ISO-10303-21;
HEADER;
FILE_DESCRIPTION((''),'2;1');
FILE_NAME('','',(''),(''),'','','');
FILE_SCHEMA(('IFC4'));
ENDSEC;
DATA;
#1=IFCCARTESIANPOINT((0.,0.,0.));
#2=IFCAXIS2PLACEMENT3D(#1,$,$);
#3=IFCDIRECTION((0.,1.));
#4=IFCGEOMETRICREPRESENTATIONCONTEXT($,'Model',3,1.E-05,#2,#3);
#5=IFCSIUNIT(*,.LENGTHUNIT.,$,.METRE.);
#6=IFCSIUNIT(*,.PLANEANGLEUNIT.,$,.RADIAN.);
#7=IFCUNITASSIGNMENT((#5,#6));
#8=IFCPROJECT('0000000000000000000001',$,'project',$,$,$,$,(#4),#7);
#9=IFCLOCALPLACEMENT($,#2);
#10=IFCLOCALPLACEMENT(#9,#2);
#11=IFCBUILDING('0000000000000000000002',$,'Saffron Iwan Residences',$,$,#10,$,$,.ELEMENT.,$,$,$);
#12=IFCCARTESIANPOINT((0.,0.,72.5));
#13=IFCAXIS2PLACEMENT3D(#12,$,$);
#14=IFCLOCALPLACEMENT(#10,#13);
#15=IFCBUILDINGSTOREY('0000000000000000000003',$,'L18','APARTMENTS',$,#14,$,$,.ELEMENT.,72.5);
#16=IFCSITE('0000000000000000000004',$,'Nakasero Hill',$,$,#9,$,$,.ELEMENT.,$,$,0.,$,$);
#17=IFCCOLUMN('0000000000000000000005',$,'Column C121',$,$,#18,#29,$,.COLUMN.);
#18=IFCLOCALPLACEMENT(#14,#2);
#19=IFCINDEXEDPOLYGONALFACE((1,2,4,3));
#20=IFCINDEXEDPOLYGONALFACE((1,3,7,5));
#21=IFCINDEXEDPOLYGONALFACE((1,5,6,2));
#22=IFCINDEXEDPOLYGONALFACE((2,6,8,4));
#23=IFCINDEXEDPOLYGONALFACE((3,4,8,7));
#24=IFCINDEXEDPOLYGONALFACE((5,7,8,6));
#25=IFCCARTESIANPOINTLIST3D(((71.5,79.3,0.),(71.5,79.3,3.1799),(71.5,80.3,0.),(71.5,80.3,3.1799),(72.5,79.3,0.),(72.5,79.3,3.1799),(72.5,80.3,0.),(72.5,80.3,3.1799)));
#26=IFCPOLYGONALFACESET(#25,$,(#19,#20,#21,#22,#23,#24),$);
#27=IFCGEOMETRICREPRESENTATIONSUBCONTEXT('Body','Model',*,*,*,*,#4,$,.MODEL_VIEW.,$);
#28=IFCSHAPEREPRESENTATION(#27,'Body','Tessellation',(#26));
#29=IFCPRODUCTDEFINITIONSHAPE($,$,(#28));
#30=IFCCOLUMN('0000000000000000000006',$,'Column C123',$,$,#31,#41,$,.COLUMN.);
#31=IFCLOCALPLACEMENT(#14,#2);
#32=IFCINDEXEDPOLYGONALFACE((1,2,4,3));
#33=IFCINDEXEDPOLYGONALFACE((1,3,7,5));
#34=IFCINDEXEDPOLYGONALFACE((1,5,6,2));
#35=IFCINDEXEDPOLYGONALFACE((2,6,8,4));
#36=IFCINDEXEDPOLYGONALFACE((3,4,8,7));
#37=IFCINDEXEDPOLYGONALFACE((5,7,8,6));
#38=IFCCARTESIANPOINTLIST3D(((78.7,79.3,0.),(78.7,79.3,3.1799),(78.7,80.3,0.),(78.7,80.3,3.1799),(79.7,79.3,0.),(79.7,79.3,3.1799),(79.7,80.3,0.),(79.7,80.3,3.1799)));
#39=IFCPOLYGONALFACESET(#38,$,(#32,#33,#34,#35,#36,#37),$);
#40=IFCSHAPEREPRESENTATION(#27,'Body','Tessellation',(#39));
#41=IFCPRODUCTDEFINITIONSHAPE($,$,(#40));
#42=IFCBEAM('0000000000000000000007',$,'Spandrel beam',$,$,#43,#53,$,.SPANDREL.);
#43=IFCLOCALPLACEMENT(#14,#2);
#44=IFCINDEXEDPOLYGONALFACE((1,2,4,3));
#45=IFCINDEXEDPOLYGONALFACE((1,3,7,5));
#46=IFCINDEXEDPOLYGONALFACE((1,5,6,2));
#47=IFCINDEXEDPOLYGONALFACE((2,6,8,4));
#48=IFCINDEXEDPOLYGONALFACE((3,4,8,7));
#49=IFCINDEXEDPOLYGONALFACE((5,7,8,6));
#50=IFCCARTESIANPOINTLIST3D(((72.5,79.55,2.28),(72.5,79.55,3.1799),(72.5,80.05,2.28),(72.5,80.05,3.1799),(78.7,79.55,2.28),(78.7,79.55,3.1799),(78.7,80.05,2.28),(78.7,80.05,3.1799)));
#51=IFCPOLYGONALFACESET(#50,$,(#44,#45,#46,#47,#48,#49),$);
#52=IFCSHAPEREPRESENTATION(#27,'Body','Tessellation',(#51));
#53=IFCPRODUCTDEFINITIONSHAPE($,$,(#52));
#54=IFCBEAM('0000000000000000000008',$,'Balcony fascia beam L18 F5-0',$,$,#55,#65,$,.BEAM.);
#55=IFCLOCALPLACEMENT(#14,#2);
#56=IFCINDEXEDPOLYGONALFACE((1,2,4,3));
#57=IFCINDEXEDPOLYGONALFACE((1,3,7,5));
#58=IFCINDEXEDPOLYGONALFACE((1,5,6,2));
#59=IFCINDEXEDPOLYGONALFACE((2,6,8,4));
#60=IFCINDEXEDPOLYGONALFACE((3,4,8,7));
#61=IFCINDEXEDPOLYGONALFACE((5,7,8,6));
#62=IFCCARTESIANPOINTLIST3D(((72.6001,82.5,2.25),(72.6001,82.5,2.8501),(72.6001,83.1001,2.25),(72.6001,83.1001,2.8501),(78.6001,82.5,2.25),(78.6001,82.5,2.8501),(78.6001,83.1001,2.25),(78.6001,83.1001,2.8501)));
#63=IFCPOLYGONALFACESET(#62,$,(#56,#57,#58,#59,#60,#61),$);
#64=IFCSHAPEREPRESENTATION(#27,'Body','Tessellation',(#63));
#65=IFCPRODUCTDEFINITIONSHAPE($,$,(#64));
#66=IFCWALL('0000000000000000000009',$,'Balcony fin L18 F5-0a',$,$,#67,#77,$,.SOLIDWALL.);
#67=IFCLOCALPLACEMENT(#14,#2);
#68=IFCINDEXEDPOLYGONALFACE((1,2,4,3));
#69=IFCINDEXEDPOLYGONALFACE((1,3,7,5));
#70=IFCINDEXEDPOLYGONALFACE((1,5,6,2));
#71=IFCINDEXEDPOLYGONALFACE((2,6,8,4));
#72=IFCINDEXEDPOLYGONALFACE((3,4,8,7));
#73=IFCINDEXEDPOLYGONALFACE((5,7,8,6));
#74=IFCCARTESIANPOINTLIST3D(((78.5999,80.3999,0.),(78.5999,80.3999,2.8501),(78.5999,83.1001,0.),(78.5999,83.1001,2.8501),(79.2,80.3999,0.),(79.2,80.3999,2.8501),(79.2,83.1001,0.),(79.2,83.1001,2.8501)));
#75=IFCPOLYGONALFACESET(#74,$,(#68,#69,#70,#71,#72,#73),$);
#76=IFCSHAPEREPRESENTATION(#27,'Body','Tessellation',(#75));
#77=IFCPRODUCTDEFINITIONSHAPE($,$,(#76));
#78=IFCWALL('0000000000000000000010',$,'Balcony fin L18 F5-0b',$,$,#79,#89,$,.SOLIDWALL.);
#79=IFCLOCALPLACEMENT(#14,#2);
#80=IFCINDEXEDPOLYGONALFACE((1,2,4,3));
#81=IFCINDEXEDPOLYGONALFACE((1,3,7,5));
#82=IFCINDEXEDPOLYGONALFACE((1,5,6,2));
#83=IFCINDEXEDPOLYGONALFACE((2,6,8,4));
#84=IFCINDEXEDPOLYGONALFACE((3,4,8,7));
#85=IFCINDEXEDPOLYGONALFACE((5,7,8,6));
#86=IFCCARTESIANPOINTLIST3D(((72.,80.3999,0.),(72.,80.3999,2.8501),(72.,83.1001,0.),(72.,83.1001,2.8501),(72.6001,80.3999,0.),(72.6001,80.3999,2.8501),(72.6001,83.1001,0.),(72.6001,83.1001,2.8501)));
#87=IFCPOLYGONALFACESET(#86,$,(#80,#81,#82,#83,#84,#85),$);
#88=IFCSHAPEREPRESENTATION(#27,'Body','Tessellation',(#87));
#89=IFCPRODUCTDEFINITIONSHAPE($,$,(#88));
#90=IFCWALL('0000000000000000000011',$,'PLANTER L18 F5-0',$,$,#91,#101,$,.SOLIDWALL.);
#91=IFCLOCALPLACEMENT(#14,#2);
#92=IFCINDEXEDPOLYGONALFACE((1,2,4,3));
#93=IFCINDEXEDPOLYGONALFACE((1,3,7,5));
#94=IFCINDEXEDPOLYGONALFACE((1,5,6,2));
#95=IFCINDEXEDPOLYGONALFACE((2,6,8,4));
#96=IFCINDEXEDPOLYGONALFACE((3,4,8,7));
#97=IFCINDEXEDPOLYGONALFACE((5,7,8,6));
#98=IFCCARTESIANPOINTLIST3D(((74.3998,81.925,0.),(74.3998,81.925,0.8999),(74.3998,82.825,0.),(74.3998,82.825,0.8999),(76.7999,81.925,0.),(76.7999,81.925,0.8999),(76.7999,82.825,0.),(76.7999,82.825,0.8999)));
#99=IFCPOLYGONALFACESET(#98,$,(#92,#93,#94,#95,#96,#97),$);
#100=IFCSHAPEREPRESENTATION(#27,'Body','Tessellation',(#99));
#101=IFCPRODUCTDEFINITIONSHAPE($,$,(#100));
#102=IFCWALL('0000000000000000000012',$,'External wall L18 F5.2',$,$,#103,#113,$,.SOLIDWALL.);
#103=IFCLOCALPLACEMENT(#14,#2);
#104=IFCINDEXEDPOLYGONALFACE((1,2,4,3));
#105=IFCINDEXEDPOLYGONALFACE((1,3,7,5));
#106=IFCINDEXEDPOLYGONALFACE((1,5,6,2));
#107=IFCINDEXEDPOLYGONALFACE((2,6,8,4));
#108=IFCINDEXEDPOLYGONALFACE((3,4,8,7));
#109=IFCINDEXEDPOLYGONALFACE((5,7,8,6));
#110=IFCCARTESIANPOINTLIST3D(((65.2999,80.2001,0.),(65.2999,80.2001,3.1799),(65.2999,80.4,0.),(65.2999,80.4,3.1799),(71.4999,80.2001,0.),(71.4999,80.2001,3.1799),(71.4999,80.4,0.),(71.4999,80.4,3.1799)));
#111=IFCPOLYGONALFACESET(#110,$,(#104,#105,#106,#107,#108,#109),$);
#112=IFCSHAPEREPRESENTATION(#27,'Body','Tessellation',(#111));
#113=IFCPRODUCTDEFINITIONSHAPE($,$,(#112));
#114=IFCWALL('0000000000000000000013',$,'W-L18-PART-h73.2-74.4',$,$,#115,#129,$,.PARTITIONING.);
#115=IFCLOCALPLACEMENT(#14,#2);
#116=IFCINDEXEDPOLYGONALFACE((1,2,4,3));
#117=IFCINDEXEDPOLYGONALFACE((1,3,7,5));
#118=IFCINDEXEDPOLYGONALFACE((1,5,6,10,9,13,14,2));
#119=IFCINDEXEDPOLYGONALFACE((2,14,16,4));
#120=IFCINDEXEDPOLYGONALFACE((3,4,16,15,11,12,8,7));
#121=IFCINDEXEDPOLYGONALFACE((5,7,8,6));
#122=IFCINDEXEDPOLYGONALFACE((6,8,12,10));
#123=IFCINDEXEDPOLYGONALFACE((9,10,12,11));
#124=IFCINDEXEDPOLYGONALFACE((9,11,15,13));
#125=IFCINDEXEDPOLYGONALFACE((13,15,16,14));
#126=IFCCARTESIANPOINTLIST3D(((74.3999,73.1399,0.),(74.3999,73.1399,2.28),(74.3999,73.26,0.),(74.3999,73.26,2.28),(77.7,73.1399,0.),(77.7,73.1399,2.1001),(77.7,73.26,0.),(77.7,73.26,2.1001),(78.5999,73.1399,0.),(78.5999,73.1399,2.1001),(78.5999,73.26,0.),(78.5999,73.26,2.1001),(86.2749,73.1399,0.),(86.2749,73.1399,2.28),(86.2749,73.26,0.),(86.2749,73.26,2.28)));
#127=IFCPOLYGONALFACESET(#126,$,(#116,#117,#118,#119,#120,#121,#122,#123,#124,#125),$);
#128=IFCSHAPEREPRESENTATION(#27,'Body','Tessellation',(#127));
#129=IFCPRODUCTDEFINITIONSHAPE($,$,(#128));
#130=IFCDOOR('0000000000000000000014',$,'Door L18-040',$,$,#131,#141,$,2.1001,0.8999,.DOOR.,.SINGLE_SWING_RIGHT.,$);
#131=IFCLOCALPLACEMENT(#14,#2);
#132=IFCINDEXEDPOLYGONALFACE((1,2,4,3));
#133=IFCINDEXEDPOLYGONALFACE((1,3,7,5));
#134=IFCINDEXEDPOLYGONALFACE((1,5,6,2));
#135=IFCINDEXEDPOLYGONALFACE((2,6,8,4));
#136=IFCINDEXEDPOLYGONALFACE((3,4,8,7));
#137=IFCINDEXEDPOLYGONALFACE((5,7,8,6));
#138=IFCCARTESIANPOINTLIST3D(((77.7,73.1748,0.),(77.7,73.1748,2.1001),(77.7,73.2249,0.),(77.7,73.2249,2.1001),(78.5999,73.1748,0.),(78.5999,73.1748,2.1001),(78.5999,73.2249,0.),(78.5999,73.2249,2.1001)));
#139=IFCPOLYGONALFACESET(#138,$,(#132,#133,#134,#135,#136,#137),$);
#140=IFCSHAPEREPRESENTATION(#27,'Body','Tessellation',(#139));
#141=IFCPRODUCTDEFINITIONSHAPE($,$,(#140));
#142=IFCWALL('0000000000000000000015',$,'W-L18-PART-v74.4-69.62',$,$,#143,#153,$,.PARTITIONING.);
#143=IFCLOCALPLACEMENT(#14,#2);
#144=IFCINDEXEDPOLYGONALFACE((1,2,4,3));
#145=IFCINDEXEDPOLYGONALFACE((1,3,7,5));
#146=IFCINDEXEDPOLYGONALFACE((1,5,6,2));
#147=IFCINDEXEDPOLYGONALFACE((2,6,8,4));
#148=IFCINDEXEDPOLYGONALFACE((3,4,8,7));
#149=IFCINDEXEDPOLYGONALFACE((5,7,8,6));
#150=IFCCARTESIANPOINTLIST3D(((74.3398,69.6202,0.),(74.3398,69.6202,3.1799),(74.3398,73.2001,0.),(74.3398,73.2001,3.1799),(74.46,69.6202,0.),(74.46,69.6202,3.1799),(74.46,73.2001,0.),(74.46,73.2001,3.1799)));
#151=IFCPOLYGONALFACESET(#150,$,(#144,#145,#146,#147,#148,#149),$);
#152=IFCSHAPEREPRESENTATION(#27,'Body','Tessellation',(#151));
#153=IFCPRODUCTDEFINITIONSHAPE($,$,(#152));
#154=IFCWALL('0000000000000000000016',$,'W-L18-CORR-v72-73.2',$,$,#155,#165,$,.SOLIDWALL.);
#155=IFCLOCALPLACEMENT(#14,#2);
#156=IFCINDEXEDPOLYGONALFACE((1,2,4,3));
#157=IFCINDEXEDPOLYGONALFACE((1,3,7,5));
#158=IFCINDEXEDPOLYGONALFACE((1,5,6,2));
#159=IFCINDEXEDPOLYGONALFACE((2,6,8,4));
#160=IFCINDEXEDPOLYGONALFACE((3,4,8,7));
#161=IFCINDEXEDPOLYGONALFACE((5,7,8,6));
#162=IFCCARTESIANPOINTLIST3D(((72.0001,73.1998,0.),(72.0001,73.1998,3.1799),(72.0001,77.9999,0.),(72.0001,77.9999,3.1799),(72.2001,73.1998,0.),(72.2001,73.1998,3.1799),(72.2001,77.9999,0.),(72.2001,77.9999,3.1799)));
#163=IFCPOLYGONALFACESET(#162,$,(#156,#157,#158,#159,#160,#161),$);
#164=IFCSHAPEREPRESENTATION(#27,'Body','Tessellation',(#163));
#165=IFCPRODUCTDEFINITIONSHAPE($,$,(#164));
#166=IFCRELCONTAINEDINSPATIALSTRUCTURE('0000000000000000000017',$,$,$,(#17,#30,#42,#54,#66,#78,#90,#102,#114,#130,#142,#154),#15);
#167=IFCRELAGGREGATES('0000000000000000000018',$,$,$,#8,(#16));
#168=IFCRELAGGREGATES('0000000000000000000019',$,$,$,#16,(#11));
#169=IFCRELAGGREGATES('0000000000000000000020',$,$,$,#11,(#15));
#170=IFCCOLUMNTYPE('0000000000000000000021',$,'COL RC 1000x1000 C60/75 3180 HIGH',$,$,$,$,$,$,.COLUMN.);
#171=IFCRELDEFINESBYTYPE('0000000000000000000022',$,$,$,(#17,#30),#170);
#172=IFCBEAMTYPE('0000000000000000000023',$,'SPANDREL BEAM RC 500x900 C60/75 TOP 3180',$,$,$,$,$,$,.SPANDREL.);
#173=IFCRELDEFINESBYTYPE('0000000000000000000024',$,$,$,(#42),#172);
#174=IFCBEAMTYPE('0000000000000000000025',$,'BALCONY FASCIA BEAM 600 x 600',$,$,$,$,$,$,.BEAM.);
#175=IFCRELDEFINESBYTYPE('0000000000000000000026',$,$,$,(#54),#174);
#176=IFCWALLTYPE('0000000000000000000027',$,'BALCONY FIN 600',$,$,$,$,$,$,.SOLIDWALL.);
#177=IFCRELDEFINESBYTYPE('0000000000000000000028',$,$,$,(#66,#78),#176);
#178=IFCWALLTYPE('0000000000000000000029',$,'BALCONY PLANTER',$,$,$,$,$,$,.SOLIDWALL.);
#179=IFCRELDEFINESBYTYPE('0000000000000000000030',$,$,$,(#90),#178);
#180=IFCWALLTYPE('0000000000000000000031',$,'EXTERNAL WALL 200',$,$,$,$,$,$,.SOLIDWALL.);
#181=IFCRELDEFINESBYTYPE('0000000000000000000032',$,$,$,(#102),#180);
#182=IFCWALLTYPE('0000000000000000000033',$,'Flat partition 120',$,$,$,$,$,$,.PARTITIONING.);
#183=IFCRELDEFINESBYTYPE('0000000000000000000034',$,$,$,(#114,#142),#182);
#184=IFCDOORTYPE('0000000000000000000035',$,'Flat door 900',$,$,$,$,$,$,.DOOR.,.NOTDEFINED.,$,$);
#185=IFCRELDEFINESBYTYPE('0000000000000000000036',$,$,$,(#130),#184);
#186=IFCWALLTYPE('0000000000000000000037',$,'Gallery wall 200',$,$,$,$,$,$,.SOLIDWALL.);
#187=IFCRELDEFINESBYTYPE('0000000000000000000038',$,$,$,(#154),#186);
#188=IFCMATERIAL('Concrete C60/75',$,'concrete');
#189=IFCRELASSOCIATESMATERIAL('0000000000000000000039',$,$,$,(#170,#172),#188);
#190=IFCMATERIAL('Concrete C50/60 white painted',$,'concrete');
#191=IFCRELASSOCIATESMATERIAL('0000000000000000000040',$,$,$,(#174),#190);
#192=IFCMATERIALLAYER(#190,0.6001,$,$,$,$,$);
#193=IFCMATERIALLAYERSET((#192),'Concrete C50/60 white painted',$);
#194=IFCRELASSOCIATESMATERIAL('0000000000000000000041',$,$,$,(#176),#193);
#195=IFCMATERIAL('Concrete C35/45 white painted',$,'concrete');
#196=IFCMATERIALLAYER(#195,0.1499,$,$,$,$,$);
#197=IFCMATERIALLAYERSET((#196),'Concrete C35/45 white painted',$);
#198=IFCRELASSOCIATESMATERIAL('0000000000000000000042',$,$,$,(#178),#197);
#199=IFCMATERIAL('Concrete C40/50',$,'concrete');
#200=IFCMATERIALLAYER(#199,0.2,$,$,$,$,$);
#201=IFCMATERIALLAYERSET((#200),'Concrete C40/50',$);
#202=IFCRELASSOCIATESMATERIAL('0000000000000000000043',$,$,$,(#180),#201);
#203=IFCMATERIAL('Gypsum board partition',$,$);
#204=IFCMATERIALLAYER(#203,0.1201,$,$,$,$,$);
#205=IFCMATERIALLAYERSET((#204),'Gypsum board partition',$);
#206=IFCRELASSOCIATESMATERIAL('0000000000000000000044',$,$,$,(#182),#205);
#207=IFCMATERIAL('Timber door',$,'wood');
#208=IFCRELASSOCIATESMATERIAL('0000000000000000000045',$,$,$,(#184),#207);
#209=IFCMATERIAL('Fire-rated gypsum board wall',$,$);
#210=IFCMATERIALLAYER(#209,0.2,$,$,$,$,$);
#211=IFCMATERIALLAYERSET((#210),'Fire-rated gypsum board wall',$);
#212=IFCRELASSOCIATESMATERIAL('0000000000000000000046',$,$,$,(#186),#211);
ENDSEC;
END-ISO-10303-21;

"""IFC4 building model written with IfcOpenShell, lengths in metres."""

from ifc_helpers import new_model, si_unit, direction, frame, frame_2d, origin, origin_2d, place, context, subcontext, project, spatial, rectangle, extrude, source, transform, mapped, material, layer, layer_set, material_profile, profile_set, type_object, element, fill, save


model = new_model("IFC4")

# Units and contexts
model_context = context("Model", 3, precision=1e-05, world=origin(), true_north=direction((0.0, 1.0)))
body_context = subcontext(model_context, "Body", "Model", "MODEL_VIEW")
ifc_project = project(units=[si_unit("LENGTHUNIT", "METRE"), si_unit("PLANEANGLEUNIT", "RADIAN")], contexts=[model_context])

# Site, building, storey
site_placement = place(None, origin())
site = spatial("IfcSite", under=ifc_project, at=site_placement, Name="Nakasero Hill", CompositionType="ELEMENT", RefElevation=0.0)
building_placement = place(site_placement, origin())
building = spatial("IfcBuilding", under=site, at=building_placement, Name="Saffron Iwan Residences", CompositionType="ELEMENT")
storey_placement = place(building_placement, frame((0.0, 0.0, 72.5)))
storey = spatial("IfcBuildingStorey", under=building, at=storey_placement, Name="L18", Description="APARTMENTS", CompositionType="ELEMENT", Elevation=72.5)

# Columns
ifc_material_1 = material(Name="Concrete C60/75", Category="concrete")
ifc_material_profile_1 = material_profile(ifc_material_1, rectangle(XDim=1.0, YDim=1.0, at=origin_2d()), Name="RC 1000x1000")
ifc_profile_set_1 = profile_set([ifc_material_profile_1], Name="Concrete C60/75")
column_type = type_object("IfcColumnType", Name="COL RC 1000x1000 C60/75 3180 HIGH", PredefinedType="COLUMN", material=ifc_profile_set_1)
shared_shape_1 = source(origin(), body_context, "Body", "SweptSolid", [
    extrude(rectangle(XDim=1.0, YDim=1.0, at=origin_2d()), origin(), (0.0, 0.0, 1.0), 3.1799),
])
for number, where, z_axis, x_axis, name in (
    (1, (72.0, 79.8, 0.0), (0.0, 0.0, 1.0), (1.0, 0.0, 0.0), "Column C121"),
    (2, (79.2, 79.8, 0.0), (0.0, 0.0, 1.0), (1.0, 0.0, 0.0), "Column C123"),
):
    element("IfcColumn", number, at=place(storey_placement, frame(where, z_axis=z_axis, x_axis=x_axis)), inside=storey, type_object=column_type, Name=name, PredefinedType="COLUMN", context=body_context, shape_type="MappedRepresentation", body=[
        mapped(shared_shape_1, transform((0.0, 0.0, 0.0))),
    ])

# Beams
ifc_material_profile_2 = material_profile(ifc_material_1, rectangle(XDim=0.5, YDim=0.8999, at=origin_2d()), Name="RC 500x900")
ifc_profile_set_2 = profile_set([ifc_material_profile_2], Name="Concrete C60/75")
beam_type_1 = type_object("IfcBeamType", Name="SPANDREL BEAM RC 500x900 C60/75 TOP 3180", PredefinedType="SPANDREL", material=ifc_profile_set_2)
shared_shape_2 = source(origin(), body_context, "Body", "SweptSolid", [
    extrude(rectangle(XDim=0.5, YDim=0.8999, at=origin_2d()), origin(), (0.0, 0.0, 1.0), 6.2),
])
beam_1_placement = place(storey_placement, frame((72.5, 79.8, 2.73), z_axis=(1.0, 0.0, 0.0), x_axis=(0.0, 1.0, 0.0)))
element("IfcBeam", 3, at=beam_1_placement, inside=storey, type_object=beam_type_1, Name="Spandrel beam", PredefinedType="SPANDREL", context=body_context, shape_type="MappedRepresentation", body=[
    mapped(shared_shape_2, transform((0.0, 0.0, 0.0))),
])
ifc_material_2 = material(Name="Concrete C50/60 white painted", Category="concrete")
ifc_material_profile_3 = material_profile(ifc_material_2, rectangle(XDim=0.6001, YDim=0.6001, at=origin_2d()), Name="BALCONY FASCIA BEAM 600 x 600")
ifc_profile_set_3 = profile_set([ifc_material_profile_3], Name="Concrete C50/60 white painted")
beam_type_2 = type_object("IfcBeamType", Name="BALCONY FASCIA BEAM 600 x 600", PredefinedType="BEAM", material=ifc_profile_set_3)
shared_shape_3 = source(origin(), body_context, "Body", "SweptSolid", [
    extrude(rectangle(XDim=0.6001, YDim=0.6001, at=origin_2d()), origin(), (0.0, 0.0, 1.0), 6.0),
])
beam_2_placement = place(storey_placement, frame((78.6001, 82.8, 2.55), z_axis=(-1.0, 0.0, 0.0), x_axis=(0.0, -1.0, 0.0)))
element("IfcBeam", 4, at=beam_2_placement, inside=storey, type_object=beam_type_2, Name="Balcony fascia beam L18 F5-0", PredefinedType="BEAM", context=body_context, shape_type="MappedRepresentation", body=[
    mapped(shared_shape_3, transform((0.0, 0.0, 0.0))),
])

# Walls
ifc_layer_1 = layer(ifc_material_2, 0.6001)
ifc_layer_set_1 = layer_set([ifc_layer_1], Name="Concrete C50/60 white painted")
wall_type_1 = type_object("IfcWallType", Name="BALCONY FIN 600", PredefinedType="SOLIDWALL", material=ifc_layer_set_1)
for number, where, z_axis, x_axis, name in (
    (5, (78.8999, 80.3999, 0.0), (0.0, 0.0, 1.0), (0.0, 1.0, 0.0), "Balcony fin L18 F5-0a"),
    (6, (72.3, 80.3999, 0.0), (0.0, 0.0, 1.0), (0.0, 1.0, 0.0), "Balcony fin L18 F5-0b"),
):
    element("IfcWall", number, at=place(storey_placement, frame(where, z_axis=z_axis, x_axis=x_axis)), inside=storey, type_object=wall_type_1, Name=name, PredefinedType="SOLIDWALL", context=body_context, shape_type="SweptSolid", body=[
        extrude(rectangle(XDim=2.7002, YDim=0.6001, at=frame_2d((1.3501, 0.0))), origin(), (0.0, 0.0, 1.0), 2.8501),
    ])
ifc_material_3 = material(Name="Concrete C35/45 white painted", Category="concrete")
ifc_layer_2 = layer(ifc_material_3, 0.1499)
ifc_layer_set_2 = layer_set([ifc_layer_2], Name="Concrete C35/45 white painted")
wall_type_2 = type_object("IfcWallType", Name="BALCONY PLANTER", PredefinedType="SOLIDWALL", material=ifc_layer_set_2)
wall_1_placement = place(storey_placement, frame((76.8, 82.375, 0.0), z_axis=(0.0, 0.0, 1.0), x_axis=(-1.0, 0.0, 0.0)))
element("IfcWall", 7, at=wall_1_placement, inside=storey, type_object=wall_type_2, Name="PLANTER L18 F5-0", PredefinedType="SOLIDWALL", context=body_context, shape_type="SweptSolid", body=[
    extrude(rectangle(XDim=2.4001, YDim=0.8999, at=frame_2d((1.2002, 0.0))), origin(), (0.0, 0.0, 1.0), 0.8999),
])

# Shared definitions
ifc_material_4 = material(Name="Concrete C40/50", Category="concrete")
ifc_layer_3 = layer(ifc_material_4, 0.2)
ifc_layer_set_3 = layer_set([ifc_layer_3], Name="Concrete C40/50")
wall_type_3 = type_object("IfcWallType", Name="EXTERNAL WALL 200", PredefinedType="SOLIDWALL", material=ifc_layer_set_3)

# Wall
wall_2_placement = place(storey_placement, frame((71.5, 80.3, 0.0), z_axis=(0.0, 0.0, 1.0), x_axis=(-1.0, 0.0, 0.0)))
element("IfcWall", 8, at=wall_2_placement, inside=storey, type_object=wall_type_3, Name="External wall L18 F5.2", PredefinedType="SOLIDWALL", context=body_context, shape_type="SweptSolid", body=[
    extrude(rectangle(XDim=6.2, YDim=0.2, at=frame_2d((3.1001, 0.0))), origin(), (0.0, 0.0, 1.0), 3.1799),
])

# Wall, opening, door
ifc_material_5 = material(Name="Gypsum board partition")
ifc_layer_4 = layer(ifc_material_5, 0.1201)
ifc_layer_set_4 = layer_set([ifc_layer_4], Name="Gypsum board partition")
wall_type_4 = type_object("IfcWallType", Name="Flat partition 120", PredefinedType="PARTITIONING", material=ifc_layer_set_4)
wall_3_placement = place(storey_placement, frame((74.3999, 73.2, 0.0), z_axis=(0.0, 0.0, 1.0), x_axis=(1.0, 0.0, 0.0)))
wall_3 = element("IfcWall", 9, at=wall_3_placement, inside=storey, type_object=wall_type_4, Name="W-L18-PART-h73.2-74.4", PredefinedType="PARTITIONING", context=body_context, shape_type="SweptSolid", body=[
    extrude(rectangle(XDim=11.875, YDim=0.1201, at=frame_2d((5.9375, 0.0))), origin(), (0.0, 0.0, 1.0), 2.28),
])
opening_1_placement = place(wall_3_placement, frame((3.3, 0.0, 0.0)))
opening_1 = element("IfcOpeningElement", 10, at=opening_1_placement, cuts=wall_3, PredefinedType="OPENING", context=body_context, shape_type="SweptSolid", body=[
    extrude(rectangle(XDim=0.8999, YDim=2.1001, at=frame_2d((0.45, 1.05))), frame((0.0, 0.0701, 0.0), z_axis=(0.0, -1.0, 0.0), x_axis=(1.0, 0.0, 0.0)), (0.0, 0.0, 1.0), 0.1401),
])
ifc_material_6 = material(Name="Timber door", Category="wood")
door_type_1 = type_object("IfcDoorType", Name="Flat door 900", OperationType="NOTDEFINED", PredefinedType="DOOR", material=ifc_material_6)
door_1_placement = place(opening_1_placement, origin())
door_1 = element("IfcDoor", 11, at=door_1_placement, inside=storey, type_object=door_type_1, Name="Door L18-040", OperationType="SINGLE_SWING_RIGHT", OverallHeight=2.1001, OverallWidth=0.8999, PredefinedType="DOOR", context=body_context, shape_type="SweptSolid", body=[
    extrude(rectangle(XDim=0.8999, YDim=2.1001, at=frame_2d((0.45, 1.05))), frame((0.0, 0.0249, 0.0), z_axis=(0.0, -1.0, 0.0), x_axis=(1.0, 0.0, 0.0)), (0.0, 0.0, 1.0), 0.05),
])
fill(opening_1, door_1)

# Walls
wall_4_placement = place(storey_placement, frame((74.3999, 69.6201, 0.0), z_axis=(0.0, 0.0, 1.0), x_axis=(0.0, 1.0, 0.0)))
element("IfcWall", 12, at=wall_4_placement, inside=storey, type_object=wall_type_4, Name="W-L18-PART-v74.4-69.62", PredefinedType="PARTITIONING", context=body_context, shape_type="SweptSolid", body=[
    extrude(rectangle(XDim=3.5798, YDim=0.1201, at=frame_2d((1.79, 0.0))), origin(), (0.0, 0.0, 1.0), 3.1799),
])
ifc_material_7 = material(Name="Fire-rated gypsum board wall")
ifc_layer_5 = layer(ifc_material_7, 0.2)
ifc_layer_set_5 = layer_set([ifc_layer_5], Name="Fire-rated gypsum board wall")
wall_type_5 = type_object("IfcWallType", Name="Gallery wall 200", PredefinedType="SOLIDWALL", material=ifc_layer_set_5)
wall_5_placement = place(storey_placement, frame((72.1001, 73.2, 0.0), z_axis=(0.0, 0.0, 1.0), x_axis=(0.0, 1.0, 0.0)))
element("IfcWall", 13, at=wall_5_placement, inside=storey, type_object=wall_type_5, Name="W-L18-CORR-v72-73.2", PredefinedType="SOLIDWALL", context=body_context, shape_type="SweptSolid", body=[
    extrude(rectangle(XDim=4.8, YDim=0.2, at=frame_2d((2.3999, 0.0))), origin(), (0.0, 0.0, 1.0), 3.1799),
])

save(model, "model.ifc")
